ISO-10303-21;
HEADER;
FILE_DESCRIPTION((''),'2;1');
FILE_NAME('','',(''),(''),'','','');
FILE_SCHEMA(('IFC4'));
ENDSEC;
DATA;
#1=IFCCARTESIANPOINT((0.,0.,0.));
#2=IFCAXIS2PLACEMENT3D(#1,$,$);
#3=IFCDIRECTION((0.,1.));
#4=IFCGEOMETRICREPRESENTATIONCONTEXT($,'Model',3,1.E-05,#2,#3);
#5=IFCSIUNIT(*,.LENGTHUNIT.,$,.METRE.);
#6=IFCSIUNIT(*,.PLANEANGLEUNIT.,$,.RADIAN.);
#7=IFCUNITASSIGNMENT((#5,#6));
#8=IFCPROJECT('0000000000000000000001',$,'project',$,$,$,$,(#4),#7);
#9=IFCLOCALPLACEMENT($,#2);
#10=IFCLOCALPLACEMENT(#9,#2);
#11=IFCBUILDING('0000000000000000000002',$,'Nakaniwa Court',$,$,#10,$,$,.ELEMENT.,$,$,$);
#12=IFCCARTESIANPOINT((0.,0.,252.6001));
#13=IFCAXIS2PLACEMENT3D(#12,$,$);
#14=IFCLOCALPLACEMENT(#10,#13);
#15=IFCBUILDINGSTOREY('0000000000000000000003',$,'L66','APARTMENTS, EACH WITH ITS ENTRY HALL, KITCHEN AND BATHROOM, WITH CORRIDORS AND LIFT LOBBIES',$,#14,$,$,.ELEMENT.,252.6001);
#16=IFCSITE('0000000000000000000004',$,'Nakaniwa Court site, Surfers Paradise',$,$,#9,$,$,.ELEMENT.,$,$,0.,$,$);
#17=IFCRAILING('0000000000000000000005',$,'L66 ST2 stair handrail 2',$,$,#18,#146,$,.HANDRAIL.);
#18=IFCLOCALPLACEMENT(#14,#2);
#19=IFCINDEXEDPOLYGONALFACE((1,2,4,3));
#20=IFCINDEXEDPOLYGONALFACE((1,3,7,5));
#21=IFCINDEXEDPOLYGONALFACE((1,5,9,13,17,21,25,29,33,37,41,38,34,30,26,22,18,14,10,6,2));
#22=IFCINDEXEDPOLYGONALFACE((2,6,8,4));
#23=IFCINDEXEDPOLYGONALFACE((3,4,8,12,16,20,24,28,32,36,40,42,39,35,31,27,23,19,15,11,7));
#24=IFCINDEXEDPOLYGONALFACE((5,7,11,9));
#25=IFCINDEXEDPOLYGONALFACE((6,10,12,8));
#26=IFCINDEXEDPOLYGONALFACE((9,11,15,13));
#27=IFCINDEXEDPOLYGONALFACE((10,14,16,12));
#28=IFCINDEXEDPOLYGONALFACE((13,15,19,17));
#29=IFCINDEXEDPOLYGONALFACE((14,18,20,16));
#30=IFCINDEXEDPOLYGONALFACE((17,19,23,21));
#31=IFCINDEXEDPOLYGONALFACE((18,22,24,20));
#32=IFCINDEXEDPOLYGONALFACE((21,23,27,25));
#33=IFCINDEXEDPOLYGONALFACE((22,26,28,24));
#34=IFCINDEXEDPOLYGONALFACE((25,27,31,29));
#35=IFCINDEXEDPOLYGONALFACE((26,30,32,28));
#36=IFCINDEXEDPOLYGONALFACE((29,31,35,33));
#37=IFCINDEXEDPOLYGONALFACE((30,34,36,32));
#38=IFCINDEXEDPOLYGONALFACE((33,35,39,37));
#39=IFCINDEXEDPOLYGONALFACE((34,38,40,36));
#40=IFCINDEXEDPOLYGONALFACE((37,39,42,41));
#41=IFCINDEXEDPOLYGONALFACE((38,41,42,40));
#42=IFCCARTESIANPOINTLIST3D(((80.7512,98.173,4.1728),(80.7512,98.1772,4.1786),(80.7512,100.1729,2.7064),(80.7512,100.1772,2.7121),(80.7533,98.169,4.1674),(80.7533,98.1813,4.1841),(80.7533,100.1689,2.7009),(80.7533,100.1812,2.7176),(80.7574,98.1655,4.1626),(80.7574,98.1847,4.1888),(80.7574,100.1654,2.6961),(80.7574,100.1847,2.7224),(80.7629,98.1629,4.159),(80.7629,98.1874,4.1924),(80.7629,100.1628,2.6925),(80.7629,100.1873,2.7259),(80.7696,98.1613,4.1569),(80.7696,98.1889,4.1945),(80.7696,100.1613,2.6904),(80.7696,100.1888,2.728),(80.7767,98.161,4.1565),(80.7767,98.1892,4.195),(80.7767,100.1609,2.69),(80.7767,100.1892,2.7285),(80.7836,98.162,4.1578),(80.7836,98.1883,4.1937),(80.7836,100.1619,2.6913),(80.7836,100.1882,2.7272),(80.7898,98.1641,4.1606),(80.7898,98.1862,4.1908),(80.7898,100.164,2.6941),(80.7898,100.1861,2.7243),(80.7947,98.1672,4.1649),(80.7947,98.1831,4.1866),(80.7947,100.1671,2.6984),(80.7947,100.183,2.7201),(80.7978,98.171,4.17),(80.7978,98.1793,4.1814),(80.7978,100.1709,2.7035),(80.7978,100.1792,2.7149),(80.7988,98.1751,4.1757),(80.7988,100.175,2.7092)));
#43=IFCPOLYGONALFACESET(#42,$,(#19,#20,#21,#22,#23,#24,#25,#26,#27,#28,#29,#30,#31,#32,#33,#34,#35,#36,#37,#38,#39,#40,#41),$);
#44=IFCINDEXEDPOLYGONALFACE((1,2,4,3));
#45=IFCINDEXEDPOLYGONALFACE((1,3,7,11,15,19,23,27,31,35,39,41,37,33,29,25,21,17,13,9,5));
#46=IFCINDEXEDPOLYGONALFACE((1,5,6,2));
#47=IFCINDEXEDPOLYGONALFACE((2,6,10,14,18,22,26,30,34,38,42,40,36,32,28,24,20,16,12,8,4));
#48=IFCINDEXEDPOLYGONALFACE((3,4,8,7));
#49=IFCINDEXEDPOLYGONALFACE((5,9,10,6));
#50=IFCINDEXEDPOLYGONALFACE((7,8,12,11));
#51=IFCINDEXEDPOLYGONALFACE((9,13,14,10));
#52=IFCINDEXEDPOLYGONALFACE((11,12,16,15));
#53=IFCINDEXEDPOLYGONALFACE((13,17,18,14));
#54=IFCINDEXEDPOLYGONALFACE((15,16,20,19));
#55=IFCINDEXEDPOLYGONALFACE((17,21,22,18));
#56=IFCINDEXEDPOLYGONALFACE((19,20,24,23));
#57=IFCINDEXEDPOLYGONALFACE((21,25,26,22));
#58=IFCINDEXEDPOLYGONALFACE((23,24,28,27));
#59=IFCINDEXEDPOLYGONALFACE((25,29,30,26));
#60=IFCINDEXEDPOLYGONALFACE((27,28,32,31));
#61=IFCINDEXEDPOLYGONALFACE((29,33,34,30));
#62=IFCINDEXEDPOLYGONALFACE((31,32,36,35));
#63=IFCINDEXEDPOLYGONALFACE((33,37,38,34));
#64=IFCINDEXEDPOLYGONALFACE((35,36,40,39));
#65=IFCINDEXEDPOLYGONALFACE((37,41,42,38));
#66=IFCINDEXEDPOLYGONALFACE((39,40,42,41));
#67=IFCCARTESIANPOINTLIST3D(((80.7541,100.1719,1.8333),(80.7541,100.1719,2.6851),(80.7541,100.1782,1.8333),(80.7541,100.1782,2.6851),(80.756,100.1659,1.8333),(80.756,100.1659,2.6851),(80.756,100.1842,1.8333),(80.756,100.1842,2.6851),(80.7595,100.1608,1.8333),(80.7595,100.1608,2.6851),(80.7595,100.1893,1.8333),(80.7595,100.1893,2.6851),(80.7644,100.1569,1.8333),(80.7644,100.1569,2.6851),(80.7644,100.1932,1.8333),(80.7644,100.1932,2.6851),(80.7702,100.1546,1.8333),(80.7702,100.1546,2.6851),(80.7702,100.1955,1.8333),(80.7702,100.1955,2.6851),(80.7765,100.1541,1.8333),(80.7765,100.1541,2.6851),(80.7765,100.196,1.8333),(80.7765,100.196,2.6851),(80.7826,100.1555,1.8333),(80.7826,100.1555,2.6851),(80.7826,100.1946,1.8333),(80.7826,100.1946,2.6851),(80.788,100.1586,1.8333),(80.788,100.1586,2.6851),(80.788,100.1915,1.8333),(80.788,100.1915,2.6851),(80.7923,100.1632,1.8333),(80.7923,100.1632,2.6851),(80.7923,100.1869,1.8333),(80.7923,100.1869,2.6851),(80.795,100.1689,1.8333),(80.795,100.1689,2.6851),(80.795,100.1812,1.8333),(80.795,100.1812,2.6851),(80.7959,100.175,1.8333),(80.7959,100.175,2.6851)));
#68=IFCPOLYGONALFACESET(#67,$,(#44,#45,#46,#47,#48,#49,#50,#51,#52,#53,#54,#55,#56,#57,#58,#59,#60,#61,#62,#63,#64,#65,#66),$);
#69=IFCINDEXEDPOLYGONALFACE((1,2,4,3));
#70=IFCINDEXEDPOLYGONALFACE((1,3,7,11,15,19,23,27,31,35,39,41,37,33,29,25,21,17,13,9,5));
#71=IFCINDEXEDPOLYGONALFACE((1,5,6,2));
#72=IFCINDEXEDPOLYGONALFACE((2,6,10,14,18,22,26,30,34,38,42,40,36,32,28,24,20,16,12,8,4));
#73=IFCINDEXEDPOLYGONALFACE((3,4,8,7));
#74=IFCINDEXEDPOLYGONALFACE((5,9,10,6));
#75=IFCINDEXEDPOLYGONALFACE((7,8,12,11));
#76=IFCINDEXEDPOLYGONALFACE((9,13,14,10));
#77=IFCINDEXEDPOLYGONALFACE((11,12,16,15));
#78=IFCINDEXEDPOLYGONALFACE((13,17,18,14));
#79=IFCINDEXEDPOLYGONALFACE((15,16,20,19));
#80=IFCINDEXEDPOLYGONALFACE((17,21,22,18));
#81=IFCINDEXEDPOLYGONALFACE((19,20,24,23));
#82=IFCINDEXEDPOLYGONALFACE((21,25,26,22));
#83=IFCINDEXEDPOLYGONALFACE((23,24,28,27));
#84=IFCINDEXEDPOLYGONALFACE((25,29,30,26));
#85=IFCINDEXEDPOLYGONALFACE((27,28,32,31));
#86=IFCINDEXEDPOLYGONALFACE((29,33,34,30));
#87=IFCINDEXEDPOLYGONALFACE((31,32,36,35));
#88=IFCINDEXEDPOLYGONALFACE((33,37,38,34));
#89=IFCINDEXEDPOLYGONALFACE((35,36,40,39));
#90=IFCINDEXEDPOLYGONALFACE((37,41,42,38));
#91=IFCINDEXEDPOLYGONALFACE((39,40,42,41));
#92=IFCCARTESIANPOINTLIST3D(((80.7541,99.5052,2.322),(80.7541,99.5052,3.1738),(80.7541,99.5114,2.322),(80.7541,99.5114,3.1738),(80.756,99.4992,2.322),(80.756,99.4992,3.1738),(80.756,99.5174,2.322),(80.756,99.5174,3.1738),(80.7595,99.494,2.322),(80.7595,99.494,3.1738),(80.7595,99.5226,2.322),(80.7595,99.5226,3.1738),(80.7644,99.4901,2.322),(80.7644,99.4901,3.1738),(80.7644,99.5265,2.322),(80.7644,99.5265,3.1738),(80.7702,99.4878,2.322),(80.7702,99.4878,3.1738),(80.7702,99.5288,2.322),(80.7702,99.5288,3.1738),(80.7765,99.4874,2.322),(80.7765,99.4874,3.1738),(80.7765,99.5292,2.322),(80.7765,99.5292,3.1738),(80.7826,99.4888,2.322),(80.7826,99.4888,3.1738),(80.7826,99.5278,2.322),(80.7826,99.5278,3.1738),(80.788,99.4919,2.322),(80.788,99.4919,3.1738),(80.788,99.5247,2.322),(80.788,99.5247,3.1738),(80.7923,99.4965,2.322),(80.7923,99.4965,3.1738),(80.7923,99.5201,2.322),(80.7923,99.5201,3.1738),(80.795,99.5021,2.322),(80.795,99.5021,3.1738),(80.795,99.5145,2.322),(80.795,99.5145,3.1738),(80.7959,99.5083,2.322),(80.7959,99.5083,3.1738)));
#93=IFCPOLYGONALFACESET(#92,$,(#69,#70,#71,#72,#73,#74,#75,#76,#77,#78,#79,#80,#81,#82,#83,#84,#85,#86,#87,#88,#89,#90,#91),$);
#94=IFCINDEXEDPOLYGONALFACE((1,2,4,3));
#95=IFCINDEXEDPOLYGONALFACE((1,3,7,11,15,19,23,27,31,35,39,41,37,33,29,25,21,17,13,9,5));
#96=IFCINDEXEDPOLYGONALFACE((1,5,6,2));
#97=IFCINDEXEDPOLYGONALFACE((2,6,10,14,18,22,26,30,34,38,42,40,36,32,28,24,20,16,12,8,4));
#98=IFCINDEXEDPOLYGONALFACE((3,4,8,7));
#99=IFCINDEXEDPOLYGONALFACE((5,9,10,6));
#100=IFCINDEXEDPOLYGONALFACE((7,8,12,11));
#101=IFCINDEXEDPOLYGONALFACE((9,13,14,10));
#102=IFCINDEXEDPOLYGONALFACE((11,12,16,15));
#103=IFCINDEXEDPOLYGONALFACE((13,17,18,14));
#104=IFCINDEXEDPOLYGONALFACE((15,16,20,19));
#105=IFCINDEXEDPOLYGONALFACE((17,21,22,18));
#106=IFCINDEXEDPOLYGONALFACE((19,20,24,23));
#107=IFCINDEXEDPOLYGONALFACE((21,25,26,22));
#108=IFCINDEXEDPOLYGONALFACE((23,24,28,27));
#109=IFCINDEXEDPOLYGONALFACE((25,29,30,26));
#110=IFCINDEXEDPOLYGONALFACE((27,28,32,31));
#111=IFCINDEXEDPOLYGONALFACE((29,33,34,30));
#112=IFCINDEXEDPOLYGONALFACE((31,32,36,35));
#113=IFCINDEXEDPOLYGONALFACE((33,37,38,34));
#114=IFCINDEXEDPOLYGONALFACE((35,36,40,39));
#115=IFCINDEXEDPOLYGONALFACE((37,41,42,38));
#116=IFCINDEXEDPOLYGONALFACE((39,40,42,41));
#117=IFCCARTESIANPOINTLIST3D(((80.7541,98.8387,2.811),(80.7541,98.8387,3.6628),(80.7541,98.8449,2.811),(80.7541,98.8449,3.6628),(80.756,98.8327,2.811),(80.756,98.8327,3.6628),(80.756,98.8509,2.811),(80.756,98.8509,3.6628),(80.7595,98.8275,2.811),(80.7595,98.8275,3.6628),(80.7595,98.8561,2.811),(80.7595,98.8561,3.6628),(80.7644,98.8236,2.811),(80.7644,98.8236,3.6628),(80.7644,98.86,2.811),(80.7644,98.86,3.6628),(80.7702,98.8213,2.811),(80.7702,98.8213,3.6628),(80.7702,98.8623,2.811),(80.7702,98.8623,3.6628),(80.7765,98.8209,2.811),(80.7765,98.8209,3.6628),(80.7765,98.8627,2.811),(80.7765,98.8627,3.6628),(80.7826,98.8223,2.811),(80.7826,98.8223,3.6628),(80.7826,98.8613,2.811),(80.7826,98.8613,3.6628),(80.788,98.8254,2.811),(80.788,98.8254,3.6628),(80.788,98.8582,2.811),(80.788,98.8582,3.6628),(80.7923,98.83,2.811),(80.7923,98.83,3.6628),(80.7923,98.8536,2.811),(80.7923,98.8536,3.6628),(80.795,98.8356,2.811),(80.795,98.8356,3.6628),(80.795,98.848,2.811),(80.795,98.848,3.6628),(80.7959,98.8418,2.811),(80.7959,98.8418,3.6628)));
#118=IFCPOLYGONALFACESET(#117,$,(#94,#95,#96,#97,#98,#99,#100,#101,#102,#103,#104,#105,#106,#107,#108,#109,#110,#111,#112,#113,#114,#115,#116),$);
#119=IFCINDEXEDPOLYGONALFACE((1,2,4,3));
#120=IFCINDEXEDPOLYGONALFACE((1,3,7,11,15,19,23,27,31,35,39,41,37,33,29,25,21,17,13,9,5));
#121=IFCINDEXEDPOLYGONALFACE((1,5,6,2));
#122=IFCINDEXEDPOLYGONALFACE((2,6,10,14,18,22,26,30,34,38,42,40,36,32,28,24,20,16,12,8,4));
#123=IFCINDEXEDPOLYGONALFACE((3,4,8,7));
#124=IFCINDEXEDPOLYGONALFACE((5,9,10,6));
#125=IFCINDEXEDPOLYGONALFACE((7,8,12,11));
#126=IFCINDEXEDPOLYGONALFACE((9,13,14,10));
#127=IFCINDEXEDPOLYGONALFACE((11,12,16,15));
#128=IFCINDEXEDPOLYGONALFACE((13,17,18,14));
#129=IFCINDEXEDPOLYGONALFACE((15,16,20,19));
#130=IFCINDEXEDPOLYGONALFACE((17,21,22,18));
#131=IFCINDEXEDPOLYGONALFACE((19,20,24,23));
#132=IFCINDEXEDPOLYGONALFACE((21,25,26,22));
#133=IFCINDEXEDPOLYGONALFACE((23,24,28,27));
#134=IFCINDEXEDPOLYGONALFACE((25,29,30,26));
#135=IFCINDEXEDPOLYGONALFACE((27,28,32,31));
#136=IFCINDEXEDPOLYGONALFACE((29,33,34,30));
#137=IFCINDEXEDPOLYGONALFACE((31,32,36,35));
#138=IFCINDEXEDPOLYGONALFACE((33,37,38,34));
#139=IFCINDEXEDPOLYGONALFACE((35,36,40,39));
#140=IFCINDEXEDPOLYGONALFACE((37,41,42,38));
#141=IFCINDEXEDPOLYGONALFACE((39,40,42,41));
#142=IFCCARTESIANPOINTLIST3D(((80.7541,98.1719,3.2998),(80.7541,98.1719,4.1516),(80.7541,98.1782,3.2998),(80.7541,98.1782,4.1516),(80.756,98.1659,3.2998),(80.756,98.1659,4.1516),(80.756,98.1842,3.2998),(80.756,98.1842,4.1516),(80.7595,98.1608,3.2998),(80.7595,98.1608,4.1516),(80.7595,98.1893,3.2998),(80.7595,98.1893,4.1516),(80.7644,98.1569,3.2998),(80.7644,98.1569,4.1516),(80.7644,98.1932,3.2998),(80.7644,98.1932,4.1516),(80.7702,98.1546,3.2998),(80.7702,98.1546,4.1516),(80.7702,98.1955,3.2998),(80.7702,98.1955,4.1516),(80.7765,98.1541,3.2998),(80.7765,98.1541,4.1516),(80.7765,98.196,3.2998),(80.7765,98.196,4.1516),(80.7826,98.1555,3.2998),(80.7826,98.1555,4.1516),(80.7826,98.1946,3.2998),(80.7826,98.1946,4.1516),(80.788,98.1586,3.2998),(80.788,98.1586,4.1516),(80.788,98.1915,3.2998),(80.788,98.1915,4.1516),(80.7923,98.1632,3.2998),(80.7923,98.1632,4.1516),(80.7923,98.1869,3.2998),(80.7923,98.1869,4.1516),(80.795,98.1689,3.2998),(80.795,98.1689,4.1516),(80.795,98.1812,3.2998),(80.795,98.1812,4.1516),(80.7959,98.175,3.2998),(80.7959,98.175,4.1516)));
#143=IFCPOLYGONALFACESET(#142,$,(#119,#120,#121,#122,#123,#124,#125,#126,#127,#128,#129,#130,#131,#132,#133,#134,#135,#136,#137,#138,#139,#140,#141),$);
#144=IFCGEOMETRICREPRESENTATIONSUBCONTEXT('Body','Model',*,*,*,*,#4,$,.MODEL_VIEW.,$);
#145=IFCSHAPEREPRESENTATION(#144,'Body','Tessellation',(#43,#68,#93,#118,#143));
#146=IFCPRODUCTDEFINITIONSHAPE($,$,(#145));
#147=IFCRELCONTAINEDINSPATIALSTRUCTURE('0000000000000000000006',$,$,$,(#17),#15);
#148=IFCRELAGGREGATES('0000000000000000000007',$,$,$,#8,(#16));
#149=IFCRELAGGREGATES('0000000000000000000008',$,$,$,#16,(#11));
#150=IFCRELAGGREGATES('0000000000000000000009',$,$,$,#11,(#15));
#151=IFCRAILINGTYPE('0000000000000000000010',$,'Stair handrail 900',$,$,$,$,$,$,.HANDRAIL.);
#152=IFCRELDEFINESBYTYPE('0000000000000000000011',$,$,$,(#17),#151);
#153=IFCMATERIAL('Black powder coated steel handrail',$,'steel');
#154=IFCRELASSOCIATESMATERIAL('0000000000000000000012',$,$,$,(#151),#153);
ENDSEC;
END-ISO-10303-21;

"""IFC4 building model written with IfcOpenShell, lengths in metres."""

from ifc_helpers import new_model, si_unit, direction, frame, origin, origin_2d, place, context, subcontext, project, spatial, circle, extrude, material, type_object, element, save


model = new_model("IFC4")

# Units and contexts
model_context = context("Model", 3, precision=1e-05, world=origin(), true_north=direction((0.0, 1.0)))
body_context = subcontext(model_context, "Body", "Model", "MODEL_VIEW")
ifc_project = project(units=[si_unit("LENGTHUNIT", "METRE"), si_unit("PLANEANGLEUNIT", "RADIAN")], contexts=[model_context])

# Site, building, storey
site_placement = place(None, origin())
site = spatial("IfcSite", under=ifc_project, at=site_placement, Name="Nakaniwa Court site, Surfers Paradise", CompositionType="ELEMENT", RefElevation=0.0)
building_placement = place(site_placement, origin())
building = spatial("IfcBuilding", under=site, at=building_placement, Name="Nakaniwa Court", CompositionType="ELEMENT")
storey_placement = place(building_placement, frame((0.0, 0.0, 252.6001)))
storey = spatial("IfcBuildingStorey", under=building, at=storey_placement, Name="L66", Description="APARTMENTS, EACH WITH ITS ENTRY HALL, KITCHEN AND BATHROOM, WITH CORRIDORS AND LIFT LOBBIES", CompositionType="ELEMENT", Elevation=252.6001)

# Railing
ifc_material_1 = material(Name="Black powder coated steel handrail", Category="steel")
railing_type_1 = type_object("IfcRailingType", Name="Stair handrail 900", PredefinedType="HANDRAIL", material=ifc_material_1)
railing_1_placement = place(storey_placement, frame((80.7749, 100.175, 1.8333)))
element("IfcRailing", 1, at=railing_1_placement, inside=storey, type_object=railing_type_1, Name="L66 ST2 stair handrail 2", PredefinedType="HANDRAIL", context=body_context, shape_type="SweptSolid", body=[
    extrude(circle(Radius=0.0239, at=origin_2d()), frame((0.0, 0.0, 0.876), z_axis=(0.0, -0.806427, 0.591334), x_axis=(1.0, 0.0, 0.0)), (0.0, 0.0, 1.0), 2.48),
    extrude(circle(Radius=0.021, at=origin_2d()), origin(), (0.0, 0.0, 1.0), 0.8518),
    extrude(circle(Radius=0.021, at=origin_2d()), frame((0.0, -0.6667, 0.4888)), (0.0, 0.0, 1.0), 0.8518),
    extrude(circle(Radius=0.021, at=origin_2d()), frame((0.0, -1.3333, 0.9778)), (0.0, 0.0, 1.0), 0.8518),
    extrude(circle(Radius=0.021, at=origin_2d()), frame((0.0, -2.0, 1.4666)), (0.0, 0.0, 1.0), 0.8518),
])

save(model, "model.ifc")
